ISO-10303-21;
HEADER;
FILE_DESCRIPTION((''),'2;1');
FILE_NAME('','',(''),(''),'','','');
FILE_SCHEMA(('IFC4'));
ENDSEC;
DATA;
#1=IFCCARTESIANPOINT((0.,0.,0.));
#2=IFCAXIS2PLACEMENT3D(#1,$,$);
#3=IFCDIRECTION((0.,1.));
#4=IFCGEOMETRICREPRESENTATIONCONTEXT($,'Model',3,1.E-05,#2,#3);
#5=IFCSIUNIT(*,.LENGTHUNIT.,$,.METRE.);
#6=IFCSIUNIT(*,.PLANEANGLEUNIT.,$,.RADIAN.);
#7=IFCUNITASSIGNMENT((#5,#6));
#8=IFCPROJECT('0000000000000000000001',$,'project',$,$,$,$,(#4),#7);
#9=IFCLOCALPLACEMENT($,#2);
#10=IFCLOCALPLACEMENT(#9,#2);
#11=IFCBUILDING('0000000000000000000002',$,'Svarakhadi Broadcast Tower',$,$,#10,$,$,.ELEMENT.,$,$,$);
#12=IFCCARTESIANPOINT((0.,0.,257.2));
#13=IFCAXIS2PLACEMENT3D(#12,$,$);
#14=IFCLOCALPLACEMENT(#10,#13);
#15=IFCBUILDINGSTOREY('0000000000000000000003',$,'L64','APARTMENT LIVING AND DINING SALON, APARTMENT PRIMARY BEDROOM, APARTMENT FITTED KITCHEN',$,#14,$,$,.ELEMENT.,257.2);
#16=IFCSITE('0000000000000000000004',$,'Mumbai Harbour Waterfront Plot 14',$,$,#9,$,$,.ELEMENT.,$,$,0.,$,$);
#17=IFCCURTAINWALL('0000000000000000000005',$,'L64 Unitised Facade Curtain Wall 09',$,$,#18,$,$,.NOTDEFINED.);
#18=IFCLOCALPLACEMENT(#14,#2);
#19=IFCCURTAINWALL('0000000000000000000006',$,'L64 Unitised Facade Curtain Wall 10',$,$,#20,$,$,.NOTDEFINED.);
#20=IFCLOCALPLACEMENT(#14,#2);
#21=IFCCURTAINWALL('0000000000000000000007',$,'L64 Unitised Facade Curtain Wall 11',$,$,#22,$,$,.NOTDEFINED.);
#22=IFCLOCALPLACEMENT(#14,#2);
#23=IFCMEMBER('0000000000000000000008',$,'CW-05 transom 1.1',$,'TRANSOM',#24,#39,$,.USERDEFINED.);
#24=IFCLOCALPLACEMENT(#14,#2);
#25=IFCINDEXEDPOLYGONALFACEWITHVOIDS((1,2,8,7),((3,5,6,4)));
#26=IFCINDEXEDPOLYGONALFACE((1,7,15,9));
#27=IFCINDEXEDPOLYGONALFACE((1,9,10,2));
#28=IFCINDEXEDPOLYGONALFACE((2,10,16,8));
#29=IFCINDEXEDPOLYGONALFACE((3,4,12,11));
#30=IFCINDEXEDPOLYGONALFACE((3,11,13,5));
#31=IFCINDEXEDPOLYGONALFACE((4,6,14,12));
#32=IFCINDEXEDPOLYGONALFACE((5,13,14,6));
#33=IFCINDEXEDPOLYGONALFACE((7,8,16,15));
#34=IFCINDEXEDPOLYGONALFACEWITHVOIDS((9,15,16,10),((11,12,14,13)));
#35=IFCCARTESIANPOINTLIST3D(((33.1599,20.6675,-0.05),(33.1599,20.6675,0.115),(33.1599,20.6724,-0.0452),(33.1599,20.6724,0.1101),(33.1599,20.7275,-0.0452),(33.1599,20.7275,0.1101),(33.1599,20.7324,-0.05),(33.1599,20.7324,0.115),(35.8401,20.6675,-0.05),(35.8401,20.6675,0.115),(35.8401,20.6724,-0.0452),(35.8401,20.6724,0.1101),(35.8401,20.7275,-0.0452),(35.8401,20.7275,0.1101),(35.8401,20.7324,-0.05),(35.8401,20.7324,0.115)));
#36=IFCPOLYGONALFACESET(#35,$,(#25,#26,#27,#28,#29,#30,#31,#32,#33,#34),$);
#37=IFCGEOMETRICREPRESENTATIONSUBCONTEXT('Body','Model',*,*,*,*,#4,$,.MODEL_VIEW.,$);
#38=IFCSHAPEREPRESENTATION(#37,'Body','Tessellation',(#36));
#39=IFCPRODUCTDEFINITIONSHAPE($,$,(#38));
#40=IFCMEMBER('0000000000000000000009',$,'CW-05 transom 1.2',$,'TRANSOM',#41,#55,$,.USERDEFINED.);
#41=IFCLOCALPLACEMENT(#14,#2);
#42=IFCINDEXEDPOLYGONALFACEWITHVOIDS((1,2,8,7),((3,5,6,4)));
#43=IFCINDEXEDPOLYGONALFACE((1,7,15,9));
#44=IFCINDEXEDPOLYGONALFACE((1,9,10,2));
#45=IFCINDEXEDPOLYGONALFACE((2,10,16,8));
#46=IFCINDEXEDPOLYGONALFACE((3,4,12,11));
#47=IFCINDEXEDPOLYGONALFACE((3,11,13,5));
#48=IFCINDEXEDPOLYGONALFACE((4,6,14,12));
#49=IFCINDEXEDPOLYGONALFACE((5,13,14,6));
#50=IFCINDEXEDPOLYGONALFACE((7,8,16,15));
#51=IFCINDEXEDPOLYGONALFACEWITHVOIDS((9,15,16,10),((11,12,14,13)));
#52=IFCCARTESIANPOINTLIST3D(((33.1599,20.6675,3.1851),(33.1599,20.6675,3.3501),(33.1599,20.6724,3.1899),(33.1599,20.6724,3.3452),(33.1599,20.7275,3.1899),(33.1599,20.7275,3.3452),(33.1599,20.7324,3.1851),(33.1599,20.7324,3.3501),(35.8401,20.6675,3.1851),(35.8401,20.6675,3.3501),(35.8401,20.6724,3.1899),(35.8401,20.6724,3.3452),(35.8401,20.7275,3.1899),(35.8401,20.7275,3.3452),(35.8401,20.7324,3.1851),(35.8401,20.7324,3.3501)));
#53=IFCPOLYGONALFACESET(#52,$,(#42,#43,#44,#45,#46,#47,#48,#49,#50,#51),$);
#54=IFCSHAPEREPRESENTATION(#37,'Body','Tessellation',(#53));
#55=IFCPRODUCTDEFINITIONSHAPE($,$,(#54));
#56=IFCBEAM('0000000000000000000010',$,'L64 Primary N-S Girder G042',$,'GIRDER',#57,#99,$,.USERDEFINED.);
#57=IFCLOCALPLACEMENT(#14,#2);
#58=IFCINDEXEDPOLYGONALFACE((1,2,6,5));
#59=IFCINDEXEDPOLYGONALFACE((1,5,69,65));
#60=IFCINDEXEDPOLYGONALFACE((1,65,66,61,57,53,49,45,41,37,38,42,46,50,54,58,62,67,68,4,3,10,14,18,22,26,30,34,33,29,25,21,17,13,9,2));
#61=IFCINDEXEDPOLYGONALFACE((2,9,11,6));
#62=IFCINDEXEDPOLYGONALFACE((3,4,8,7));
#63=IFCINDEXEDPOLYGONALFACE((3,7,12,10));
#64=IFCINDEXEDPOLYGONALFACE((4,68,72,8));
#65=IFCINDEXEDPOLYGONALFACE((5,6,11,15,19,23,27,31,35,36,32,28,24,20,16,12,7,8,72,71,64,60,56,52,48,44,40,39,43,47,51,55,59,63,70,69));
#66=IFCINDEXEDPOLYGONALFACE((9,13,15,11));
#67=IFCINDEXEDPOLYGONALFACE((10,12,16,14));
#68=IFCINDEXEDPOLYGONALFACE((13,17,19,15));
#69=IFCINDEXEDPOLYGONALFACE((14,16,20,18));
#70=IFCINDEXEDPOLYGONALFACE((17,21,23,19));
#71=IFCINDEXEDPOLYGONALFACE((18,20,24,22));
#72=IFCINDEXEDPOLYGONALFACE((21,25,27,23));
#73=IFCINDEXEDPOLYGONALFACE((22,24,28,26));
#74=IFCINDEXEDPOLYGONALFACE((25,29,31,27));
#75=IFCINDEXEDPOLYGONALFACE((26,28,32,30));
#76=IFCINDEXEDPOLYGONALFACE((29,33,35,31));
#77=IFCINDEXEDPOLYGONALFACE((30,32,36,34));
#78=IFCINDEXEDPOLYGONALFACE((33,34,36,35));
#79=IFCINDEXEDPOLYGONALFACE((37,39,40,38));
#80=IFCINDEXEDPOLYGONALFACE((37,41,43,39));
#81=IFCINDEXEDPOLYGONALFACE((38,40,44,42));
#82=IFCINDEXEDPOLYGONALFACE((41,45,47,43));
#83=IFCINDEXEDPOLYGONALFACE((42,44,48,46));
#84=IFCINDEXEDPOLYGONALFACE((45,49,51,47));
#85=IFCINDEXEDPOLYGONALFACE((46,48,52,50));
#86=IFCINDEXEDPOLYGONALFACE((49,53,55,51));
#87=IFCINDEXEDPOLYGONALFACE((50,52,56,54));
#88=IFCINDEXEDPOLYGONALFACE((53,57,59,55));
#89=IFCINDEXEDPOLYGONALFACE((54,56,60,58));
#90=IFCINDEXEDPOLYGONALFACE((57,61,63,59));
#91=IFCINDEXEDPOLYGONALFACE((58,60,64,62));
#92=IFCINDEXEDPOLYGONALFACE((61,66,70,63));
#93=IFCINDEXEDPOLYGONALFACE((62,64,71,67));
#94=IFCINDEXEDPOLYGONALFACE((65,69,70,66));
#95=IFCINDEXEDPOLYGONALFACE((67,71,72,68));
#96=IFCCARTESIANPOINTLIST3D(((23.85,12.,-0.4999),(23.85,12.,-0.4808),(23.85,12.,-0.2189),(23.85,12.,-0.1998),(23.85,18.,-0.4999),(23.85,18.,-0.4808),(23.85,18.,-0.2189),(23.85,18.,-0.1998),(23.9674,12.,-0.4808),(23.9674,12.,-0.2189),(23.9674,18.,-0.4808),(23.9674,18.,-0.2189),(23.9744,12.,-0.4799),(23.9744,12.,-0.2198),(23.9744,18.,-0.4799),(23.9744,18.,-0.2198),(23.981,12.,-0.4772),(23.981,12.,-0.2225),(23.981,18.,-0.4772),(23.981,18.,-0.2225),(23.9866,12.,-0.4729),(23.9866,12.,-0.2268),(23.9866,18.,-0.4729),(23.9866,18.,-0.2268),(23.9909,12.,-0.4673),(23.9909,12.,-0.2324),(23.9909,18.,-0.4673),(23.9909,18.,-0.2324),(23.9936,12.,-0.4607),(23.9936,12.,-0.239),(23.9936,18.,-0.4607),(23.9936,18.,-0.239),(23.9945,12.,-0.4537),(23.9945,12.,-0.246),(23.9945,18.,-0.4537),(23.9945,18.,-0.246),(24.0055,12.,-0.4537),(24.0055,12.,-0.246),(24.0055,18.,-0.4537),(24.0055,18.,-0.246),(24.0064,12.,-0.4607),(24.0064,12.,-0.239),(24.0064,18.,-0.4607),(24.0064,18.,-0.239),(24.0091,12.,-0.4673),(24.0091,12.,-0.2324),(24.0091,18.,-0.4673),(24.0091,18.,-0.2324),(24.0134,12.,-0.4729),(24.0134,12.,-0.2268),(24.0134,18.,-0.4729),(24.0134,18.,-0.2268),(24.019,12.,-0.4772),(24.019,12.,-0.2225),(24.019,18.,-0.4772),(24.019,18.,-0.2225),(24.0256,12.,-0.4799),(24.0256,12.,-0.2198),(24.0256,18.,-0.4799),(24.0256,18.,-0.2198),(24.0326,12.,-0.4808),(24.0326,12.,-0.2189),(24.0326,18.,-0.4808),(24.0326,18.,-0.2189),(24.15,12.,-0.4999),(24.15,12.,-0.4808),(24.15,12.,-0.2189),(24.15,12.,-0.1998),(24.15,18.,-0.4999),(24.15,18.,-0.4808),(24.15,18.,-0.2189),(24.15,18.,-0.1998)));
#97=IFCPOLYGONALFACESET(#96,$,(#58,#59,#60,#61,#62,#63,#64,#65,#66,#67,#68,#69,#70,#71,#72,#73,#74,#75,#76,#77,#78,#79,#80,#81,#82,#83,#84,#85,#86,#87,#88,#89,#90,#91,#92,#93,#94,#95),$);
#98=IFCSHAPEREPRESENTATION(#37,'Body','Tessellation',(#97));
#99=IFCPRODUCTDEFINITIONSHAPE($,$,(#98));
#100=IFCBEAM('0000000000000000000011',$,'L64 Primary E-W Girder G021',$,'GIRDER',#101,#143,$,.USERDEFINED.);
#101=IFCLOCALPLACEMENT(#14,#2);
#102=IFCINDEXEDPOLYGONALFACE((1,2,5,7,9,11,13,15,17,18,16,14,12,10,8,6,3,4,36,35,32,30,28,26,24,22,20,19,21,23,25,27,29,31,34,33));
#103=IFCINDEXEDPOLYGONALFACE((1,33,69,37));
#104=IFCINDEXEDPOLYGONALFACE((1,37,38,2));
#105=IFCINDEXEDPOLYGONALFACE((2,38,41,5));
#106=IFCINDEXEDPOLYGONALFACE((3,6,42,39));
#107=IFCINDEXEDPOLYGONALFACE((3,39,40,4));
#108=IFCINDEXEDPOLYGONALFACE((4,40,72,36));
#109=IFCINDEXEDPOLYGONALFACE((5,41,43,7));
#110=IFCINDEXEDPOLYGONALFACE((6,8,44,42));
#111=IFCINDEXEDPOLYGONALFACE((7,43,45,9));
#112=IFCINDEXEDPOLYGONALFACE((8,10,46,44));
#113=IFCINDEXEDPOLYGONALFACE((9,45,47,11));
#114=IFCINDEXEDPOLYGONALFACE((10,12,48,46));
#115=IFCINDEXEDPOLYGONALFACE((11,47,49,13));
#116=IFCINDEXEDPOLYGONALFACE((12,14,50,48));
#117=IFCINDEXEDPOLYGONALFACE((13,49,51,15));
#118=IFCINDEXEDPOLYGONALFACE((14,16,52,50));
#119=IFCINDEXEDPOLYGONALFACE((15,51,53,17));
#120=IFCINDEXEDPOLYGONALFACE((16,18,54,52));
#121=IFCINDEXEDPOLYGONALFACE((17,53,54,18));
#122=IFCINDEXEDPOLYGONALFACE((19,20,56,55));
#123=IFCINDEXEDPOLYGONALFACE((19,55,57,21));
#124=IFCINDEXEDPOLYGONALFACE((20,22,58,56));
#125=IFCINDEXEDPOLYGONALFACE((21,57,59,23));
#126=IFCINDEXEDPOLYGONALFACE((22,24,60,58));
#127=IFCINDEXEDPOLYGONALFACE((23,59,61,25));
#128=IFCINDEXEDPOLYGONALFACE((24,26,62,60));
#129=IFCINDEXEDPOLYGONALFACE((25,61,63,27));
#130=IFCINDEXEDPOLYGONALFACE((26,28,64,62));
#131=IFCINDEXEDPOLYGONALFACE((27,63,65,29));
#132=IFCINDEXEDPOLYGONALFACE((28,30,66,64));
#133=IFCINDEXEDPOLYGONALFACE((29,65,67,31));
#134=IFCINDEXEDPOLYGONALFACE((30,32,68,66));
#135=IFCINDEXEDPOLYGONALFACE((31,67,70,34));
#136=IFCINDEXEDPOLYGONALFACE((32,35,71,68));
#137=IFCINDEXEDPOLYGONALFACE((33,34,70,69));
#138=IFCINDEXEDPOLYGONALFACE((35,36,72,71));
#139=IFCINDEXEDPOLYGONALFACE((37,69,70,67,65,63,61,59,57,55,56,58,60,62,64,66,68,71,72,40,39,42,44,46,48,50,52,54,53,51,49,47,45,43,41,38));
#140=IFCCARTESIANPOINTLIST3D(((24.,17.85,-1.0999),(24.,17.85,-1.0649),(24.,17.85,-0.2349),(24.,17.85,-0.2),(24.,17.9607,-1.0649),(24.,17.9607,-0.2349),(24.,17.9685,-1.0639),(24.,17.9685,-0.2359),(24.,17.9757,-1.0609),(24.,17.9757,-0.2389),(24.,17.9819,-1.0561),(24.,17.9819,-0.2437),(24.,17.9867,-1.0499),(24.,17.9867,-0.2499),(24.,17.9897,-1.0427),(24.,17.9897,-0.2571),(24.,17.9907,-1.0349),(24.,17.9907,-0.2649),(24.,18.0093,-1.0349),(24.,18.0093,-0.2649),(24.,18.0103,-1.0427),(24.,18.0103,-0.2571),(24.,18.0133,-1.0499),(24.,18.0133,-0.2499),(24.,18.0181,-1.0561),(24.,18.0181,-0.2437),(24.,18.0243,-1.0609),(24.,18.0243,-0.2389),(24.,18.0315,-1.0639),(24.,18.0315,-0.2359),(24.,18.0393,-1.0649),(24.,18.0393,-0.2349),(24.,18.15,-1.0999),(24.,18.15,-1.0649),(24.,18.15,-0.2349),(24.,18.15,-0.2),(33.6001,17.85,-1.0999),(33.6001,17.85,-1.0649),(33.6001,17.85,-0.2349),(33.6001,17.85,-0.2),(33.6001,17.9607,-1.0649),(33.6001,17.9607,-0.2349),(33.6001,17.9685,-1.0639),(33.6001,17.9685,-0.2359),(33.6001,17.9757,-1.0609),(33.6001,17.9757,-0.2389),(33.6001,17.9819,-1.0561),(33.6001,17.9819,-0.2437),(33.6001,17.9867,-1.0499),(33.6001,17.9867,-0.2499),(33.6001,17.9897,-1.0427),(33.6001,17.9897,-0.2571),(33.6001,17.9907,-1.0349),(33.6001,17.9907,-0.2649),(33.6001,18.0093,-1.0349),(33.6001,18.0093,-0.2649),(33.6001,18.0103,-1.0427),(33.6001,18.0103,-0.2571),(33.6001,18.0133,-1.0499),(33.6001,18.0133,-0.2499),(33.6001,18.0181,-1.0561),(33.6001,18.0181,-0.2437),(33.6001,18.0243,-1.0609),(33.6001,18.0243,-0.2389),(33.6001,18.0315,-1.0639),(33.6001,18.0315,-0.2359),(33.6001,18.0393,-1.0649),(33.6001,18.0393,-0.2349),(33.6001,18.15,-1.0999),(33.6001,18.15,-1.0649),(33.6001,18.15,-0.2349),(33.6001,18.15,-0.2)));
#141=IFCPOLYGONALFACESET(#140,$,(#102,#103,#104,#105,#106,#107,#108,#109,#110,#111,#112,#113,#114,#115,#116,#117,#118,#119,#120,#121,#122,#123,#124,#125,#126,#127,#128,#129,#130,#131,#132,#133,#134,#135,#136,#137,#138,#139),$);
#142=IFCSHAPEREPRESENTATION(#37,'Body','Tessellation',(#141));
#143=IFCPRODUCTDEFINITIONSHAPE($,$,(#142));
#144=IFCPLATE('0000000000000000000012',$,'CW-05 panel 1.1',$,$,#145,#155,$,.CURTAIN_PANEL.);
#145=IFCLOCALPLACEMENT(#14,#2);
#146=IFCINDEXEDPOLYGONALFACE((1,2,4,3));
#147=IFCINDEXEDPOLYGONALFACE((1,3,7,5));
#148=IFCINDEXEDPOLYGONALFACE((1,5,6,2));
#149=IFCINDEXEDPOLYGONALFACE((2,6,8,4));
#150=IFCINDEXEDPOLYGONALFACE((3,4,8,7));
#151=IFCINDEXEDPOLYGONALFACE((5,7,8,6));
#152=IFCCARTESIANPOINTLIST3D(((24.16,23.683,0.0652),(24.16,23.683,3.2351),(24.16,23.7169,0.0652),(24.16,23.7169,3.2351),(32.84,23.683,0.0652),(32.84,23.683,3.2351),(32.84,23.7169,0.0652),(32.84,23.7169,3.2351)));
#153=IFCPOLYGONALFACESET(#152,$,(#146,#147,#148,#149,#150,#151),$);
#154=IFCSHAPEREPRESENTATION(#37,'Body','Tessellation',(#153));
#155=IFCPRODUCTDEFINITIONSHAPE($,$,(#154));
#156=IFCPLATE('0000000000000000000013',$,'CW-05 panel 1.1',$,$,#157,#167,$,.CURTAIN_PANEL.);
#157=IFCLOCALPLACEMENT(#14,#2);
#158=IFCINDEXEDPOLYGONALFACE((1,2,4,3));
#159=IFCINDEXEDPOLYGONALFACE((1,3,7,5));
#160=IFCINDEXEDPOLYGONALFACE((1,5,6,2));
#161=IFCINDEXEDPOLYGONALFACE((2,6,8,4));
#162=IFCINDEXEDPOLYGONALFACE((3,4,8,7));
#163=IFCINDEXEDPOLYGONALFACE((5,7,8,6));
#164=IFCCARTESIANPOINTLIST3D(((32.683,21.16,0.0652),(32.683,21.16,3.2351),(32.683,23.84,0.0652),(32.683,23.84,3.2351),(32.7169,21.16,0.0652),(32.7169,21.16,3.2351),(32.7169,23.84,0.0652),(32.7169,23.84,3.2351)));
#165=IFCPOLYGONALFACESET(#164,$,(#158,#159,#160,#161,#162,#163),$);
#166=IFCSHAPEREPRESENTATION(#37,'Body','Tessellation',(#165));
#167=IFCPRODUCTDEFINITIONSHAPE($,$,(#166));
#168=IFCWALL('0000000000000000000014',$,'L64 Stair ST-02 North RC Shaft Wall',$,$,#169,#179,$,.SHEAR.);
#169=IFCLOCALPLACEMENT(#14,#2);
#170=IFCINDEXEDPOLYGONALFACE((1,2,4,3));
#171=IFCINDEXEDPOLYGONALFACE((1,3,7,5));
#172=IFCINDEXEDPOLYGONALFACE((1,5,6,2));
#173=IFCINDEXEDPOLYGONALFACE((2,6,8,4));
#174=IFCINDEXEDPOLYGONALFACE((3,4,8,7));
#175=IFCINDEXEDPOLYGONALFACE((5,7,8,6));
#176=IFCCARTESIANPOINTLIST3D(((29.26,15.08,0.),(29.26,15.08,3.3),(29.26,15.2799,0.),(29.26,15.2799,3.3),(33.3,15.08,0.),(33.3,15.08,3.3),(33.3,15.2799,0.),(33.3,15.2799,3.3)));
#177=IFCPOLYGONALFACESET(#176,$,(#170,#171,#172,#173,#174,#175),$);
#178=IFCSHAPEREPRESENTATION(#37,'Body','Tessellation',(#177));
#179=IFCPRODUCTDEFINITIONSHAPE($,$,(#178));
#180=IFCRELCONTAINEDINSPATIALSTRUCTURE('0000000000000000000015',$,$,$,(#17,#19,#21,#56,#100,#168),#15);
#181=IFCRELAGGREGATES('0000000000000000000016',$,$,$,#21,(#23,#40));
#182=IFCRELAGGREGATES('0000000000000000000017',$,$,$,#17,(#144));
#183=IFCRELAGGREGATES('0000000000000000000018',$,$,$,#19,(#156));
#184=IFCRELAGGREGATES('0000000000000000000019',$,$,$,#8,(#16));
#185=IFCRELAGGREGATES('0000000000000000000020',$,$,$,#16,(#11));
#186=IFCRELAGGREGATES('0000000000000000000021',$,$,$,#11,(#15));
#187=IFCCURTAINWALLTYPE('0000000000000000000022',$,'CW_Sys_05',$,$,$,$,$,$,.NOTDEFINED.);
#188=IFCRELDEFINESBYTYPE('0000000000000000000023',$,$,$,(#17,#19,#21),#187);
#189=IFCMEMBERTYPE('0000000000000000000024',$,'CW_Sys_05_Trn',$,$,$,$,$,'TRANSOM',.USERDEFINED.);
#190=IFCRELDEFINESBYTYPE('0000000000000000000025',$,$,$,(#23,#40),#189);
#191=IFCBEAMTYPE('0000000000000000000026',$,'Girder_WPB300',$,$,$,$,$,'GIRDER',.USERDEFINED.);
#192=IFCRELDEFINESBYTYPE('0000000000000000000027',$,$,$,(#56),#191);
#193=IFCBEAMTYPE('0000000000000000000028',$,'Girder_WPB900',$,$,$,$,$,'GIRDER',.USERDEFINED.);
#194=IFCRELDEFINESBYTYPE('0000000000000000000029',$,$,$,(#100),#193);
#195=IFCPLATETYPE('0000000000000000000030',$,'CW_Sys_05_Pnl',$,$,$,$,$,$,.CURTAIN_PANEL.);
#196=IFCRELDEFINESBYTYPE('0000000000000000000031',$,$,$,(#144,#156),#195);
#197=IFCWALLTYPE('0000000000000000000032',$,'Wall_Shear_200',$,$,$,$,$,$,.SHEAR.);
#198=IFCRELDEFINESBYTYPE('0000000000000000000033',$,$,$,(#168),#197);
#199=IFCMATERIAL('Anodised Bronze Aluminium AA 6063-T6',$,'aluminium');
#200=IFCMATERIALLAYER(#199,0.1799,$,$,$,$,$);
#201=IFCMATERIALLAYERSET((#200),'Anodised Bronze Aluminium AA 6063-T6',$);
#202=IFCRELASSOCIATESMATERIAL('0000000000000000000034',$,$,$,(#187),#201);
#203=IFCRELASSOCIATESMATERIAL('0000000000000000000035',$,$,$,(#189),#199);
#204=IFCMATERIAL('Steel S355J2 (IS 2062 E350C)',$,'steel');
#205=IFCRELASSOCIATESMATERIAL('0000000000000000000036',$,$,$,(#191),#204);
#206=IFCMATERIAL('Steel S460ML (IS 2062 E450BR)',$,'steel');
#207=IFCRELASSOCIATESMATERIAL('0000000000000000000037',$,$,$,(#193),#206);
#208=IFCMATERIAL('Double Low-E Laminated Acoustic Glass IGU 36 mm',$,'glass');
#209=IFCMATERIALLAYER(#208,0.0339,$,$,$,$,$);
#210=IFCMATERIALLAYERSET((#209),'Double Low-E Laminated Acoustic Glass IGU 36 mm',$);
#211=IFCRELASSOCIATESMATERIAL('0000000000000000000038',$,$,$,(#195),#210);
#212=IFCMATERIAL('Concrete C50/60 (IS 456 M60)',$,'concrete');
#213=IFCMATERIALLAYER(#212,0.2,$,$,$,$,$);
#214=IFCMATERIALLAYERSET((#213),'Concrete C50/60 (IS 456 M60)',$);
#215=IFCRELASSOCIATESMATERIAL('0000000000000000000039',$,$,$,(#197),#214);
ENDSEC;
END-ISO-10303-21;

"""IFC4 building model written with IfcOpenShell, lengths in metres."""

from ifc_helpers import new_model, si_unit, direction, frame, frame_2d, origin, origin_2d, place, context, subcontext, project, spatial, rectangle, hollow_rectangle, i_section, extrude, material, layer, layer_set, material_profile, profile_set, type_object, element, aggregate, save


model = new_model("IFC4")

# Units and contexts
model_context = context("Model", 3, precision=1e-05, world=origin(), true_north=direction((0.0, 1.0)))
body_context = subcontext(model_context, "Body", "Model", "MODEL_VIEW")
ifc_project = project(units=[si_unit("LENGTHUNIT", "METRE"), si_unit("PLANEANGLEUNIT", "RADIAN")], contexts=[model_context])

# Site, building, storey
site_placement = place(None, origin())
site = spatial("IfcSite", under=ifc_project, at=site_placement, Name="Mumbai Harbour Waterfront Plot 14", CompositionType="ELEMENT", RefElevation=0.0)
building_placement = place(site_placement, origin())
building = spatial("IfcBuilding", under=site, at=building_placement, Name="Svarakhadi Broadcast Tower", CompositionType="ELEMENT")
storey_placement = place(building_placement, frame((0.0, 0.0, 257.2)))
storey = spatial("IfcBuildingStorey", under=building, at=storey_placement, Name="L64", Description="APARTMENT LIVING AND DINING SALON, APARTMENT PRIMARY BEDROOM, APARTMENT FITTED KITCHEN", CompositionType="ELEMENT", Elevation=257.2)

# Shared definitions
ifc_material_1 = material(Name="Concrete C50/60 (IS 456 M60)", Category="concrete")

# Curtain walls
ifc_material_2 = material(Name="Anodised Bronze Aluminium AA 6063-T6", Category="aluminium")
ifc_layer_1 = layer(ifc_material_2, 0.1799)
ifc_layer_set_1 = layer_set([ifc_layer_1], Name="Anodised Bronze Aluminium AA 6063-T6")
curtain_wall_type = type_object("IfcCurtainWallType", Name="CW_Sys_05", PredefinedType="NOTDEFINED", material=ifc_layer_set_1)
curtain_wall_1_placement = place(storey_placement, origin())
curtain_wall_1 = element("IfcCurtainWall", 1, at=curtain_wall_1_placement, inside=storey, type_object=curtain_wall_type, Name="L64 Unitised Facade Curtain Wall 09", PredefinedType="NOTDEFINED")
curtain_wall_2_placement = place(storey_placement, origin())
curtain_wall_2 = element("IfcCurtainWall", 2, at=curtain_wall_2_placement, inside=storey, type_object=curtain_wall_type, Name="L64 Unitised Facade Curtain Wall 10", PredefinedType="NOTDEFINED")

# Curtain wall
curtain_wall_3_placement = place(storey_placement, origin())
curtain_wall_3 = element("IfcCurtainWall", 3, at=curtain_wall_3_placement, inside=storey, type_object=curtain_wall_type, Name="L64 Unitised Facade Curtain Wall 11", PredefinedType="NOTDEFINED")

# Members
ifc_material_profile_1 = material_profile(ifc_material_2, hollow_rectangle(XDim=0.0649, YDim=0.165, WallThickness=0.0049, at=origin_2d()), Name="ALU TRANSOM 165x65x5")
ifc_profile_set_1 = profile_set([ifc_material_profile_1], Name="Anodised Bronze Aluminium AA 6063-T6")
member_type_1 = type_object("IfcMemberType", Name="CW_Sys_05_Trn", ElementType="TRANSOM", PredefinedType="USERDEFINED", material=ifc_profile_set_1)
member_1_placement = place(storey_placement, frame((33.1599, 20.7, 0.0325), z_axis=(1.0, 0.0, 0.0), x_axis=(0.0, 1.0, 0.0)))
member_1 = element("IfcMember", 4, at=member_1_placement, type_object=member_type_1, Name="CW-05 transom 1.1", ObjectType="TRANSOM", PredefinedType="USERDEFINED", context=body_context, shape_type="SweptSolid", body=[
    extrude(hollow_rectangle(XDim=0.0649, YDim=0.165, WallThickness=0.0049, at=origin_2d()), origin(), (0.0, 0.0, 1.0), 2.6802),
])
member_2_placement = place(storey_placement, frame((33.1599, 20.7, 3.2676), z_axis=(1.0, 0.0, 0.0), x_axis=(0.0, 1.0, 0.0)))
member_2 = element("IfcMember", 5, at=member_2_placement, type_object=member_type_1, Name="CW-05 transom 1.2", ObjectType="TRANSOM", PredefinedType="USERDEFINED", context=body_context, shape_type="SweptSolid", body=[
    extrude(hollow_rectangle(XDim=0.0649, YDim=0.165, WallThickness=0.0049, at=origin_2d()), origin(), (0.0, 0.0, 1.0), 2.6802),
])
aggregate(curtain_wall_3, [member_1, member_2])

# Beams
ifc_material_3 = material(Name="Steel S355J2 (IS 2062 E350C)", Category="steel")
ifc_material_profile_2 = material_profile(ifc_material_3, i_section(OverallWidth=0.3, OverallDepth=0.3, WebThickness=0.011, FlangeThickness=0.019, FilletRadius=0.0271, at=origin_2d()), Name="WPB 300x300x117")
ifc_profile_set_2 = profile_set([ifc_material_profile_2], Name="Steel S355J2 (IS 2062 E350C)")
beam_type_1 = type_object("IfcBeamType", Name="Girder_WPB300", ElementType="GIRDER", PredefinedType="USERDEFINED", material=ifc_profile_set_2)
beam_1_placement = place(storey_placement, frame((24.0, 12.0, -0.3499), z_axis=(0.0, 1.0, 0.0), x_axis=(-1.0, 0.0, 0.0)))
element("IfcBeam", 6, at=beam_1_placement, inside=storey, type_object=beam_type_1, Name="L64 Primary N-S Girder G042", ObjectType="GIRDER", PredefinedType="USERDEFINED", context=body_context, shape_type="SweptSolid", body=[
    extrude(i_section(OverallWidth=0.3, OverallDepth=0.3, WebThickness=0.011, FlangeThickness=0.019, FilletRadius=0.0271, at=origin_2d()), origin(), (0.0, 0.0, 1.0), 6.0),
])
ifc_material_4 = material(Name="Steel S460ML (IS 2062 E450BR)", Category="steel")
ifc_material_profile_3 = material_profile(ifc_material_4, i_section(OverallWidth=0.3, OverallDepth=0.8999, WebThickness=0.0186, FlangeThickness=0.0349, FilletRadius=0.03, at=origin_2d()), Name="WPB 900x300x291")
ifc_profile_set_3 = profile_set([ifc_material_profile_3], Name="Steel S460ML (IS 2062 E450BR)")
beam_type_2 = type_object("IfcBeamType", Name="Girder_WPB900", ElementType="GIRDER", PredefinedType="USERDEFINED", material=ifc_profile_set_3)
beam_2_placement = place(storey_placement, frame((24.0, 18.0, -0.6499), z_axis=(1.0, 0.0, 0.0), x_axis=(0.0, 1.0, 0.0)))
element("IfcBeam", 7, at=beam_2_placement, inside=storey, type_object=beam_type_2, Name="L64 Primary E-W Girder G021", ObjectType="GIRDER", PredefinedType="USERDEFINED", context=body_context, shape_type="SweptSolid", body=[
    extrude(i_section(OverallWidth=0.3, OverallDepth=0.8999, WebThickness=0.0186, FlangeThickness=0.0349, FilletRadius=0.03, at=origin_2d()), origin(), (0.0, 0.0, 1.0), 9.6001),
])

# Plates
ifc_material_5 = material(Name="Double Low-E Laminated Acoustic Glass IGU 36 mm", Category="glass")
ifc_layer_2 = layer(ifc_material_5, 0.0339)
ifc_layer_set_2 = layer_set([ifc_layer_2], Name="Double Low-E Laminated Acoustic Glass IGU 36 mm")
plate_type = type_object("IfcPlateType", Name="CW_Sys_05_Pnl", PredefinedType="CURTAIN_PANEL", material=ifc_layer_set_2)
plate_1_placement = place(storey_placement, frame((28.5, 23.7, 0.0652), z_axis=(0.0, 0.0, 1.0), x_axis=(1.0, 0.0, 0.0)))
plate_1 = element("IfcPlate", 8, at=plate_1_placement, type_object=plate_type, Name="CW-05 panel 1.1", PredefinedType="CURTAIN_PANEL", context=body_context, shape_type="SweptSolid", body=[
    extrude(rectangle(XDim=8.6799, YDim=0.0339, at=origin_2d()), origin(), (0.0, 0.0, 1.0), 3.1699),
])
aggregate(curtain_wall_1, [plate_1])
plate_2_placement = place(storey_placement, frame((32.7, 22.5, 0.0652), z_axis=(0.0, 0.0, 1.0), x_axis=(0.0, -1.0, 0.0)))
plate_2 = element("IfcPlate", 9, at=plate_2_placement, type_object=plate_type, Name="CW-05 panel 1.1", PredefinedType="CURTAIN_PANEL", context=body_context, shape_type="SweptSolid", body=[
    extrude(rectangle(XDim=2.6799, YDim=0.0339, at=origin_2d()), origin(), (0.0, 0.0, 1.0), 3.1699),
])
aggregate(curtain_wall_2, [plate_2])

# Wall
ifc_layer_3 = layer(ifc_material_1, 0.2)
ifc_layer_set_3 = layer_set([ifc_layer_3], Name="Concrete C50/60 (IS 456 M60)")
wall_type_1 = type_object("IfcWallType", Name="Wall_Shear_200", PredefinedType="SHEAR", material=ifc_layer_set_3)
wall_1_placement = place(storey_placement, frame((29.26, 15.1799, 0.0), z_axis=(0.0, 0.0, 1.0), x_axis=(1.0, 0.0, 0.0)))
element("IfcWall", 10, at=wall_1_placement, inside=storey, type_object=wall_type_1, Name="L64 Stair ST-02 North RC Shaft Wall", PredefinedType="SHEAR", context=body_context, shape_type="SweptSolid", body=[
    extrude(rectangle(XDim=4.04, YDim=0.2, at=frame_2d((2.02, 0.0))), origin(), (0.0, 0.0, 1.0), 3.3),
])

save(model, "model.ifc")
